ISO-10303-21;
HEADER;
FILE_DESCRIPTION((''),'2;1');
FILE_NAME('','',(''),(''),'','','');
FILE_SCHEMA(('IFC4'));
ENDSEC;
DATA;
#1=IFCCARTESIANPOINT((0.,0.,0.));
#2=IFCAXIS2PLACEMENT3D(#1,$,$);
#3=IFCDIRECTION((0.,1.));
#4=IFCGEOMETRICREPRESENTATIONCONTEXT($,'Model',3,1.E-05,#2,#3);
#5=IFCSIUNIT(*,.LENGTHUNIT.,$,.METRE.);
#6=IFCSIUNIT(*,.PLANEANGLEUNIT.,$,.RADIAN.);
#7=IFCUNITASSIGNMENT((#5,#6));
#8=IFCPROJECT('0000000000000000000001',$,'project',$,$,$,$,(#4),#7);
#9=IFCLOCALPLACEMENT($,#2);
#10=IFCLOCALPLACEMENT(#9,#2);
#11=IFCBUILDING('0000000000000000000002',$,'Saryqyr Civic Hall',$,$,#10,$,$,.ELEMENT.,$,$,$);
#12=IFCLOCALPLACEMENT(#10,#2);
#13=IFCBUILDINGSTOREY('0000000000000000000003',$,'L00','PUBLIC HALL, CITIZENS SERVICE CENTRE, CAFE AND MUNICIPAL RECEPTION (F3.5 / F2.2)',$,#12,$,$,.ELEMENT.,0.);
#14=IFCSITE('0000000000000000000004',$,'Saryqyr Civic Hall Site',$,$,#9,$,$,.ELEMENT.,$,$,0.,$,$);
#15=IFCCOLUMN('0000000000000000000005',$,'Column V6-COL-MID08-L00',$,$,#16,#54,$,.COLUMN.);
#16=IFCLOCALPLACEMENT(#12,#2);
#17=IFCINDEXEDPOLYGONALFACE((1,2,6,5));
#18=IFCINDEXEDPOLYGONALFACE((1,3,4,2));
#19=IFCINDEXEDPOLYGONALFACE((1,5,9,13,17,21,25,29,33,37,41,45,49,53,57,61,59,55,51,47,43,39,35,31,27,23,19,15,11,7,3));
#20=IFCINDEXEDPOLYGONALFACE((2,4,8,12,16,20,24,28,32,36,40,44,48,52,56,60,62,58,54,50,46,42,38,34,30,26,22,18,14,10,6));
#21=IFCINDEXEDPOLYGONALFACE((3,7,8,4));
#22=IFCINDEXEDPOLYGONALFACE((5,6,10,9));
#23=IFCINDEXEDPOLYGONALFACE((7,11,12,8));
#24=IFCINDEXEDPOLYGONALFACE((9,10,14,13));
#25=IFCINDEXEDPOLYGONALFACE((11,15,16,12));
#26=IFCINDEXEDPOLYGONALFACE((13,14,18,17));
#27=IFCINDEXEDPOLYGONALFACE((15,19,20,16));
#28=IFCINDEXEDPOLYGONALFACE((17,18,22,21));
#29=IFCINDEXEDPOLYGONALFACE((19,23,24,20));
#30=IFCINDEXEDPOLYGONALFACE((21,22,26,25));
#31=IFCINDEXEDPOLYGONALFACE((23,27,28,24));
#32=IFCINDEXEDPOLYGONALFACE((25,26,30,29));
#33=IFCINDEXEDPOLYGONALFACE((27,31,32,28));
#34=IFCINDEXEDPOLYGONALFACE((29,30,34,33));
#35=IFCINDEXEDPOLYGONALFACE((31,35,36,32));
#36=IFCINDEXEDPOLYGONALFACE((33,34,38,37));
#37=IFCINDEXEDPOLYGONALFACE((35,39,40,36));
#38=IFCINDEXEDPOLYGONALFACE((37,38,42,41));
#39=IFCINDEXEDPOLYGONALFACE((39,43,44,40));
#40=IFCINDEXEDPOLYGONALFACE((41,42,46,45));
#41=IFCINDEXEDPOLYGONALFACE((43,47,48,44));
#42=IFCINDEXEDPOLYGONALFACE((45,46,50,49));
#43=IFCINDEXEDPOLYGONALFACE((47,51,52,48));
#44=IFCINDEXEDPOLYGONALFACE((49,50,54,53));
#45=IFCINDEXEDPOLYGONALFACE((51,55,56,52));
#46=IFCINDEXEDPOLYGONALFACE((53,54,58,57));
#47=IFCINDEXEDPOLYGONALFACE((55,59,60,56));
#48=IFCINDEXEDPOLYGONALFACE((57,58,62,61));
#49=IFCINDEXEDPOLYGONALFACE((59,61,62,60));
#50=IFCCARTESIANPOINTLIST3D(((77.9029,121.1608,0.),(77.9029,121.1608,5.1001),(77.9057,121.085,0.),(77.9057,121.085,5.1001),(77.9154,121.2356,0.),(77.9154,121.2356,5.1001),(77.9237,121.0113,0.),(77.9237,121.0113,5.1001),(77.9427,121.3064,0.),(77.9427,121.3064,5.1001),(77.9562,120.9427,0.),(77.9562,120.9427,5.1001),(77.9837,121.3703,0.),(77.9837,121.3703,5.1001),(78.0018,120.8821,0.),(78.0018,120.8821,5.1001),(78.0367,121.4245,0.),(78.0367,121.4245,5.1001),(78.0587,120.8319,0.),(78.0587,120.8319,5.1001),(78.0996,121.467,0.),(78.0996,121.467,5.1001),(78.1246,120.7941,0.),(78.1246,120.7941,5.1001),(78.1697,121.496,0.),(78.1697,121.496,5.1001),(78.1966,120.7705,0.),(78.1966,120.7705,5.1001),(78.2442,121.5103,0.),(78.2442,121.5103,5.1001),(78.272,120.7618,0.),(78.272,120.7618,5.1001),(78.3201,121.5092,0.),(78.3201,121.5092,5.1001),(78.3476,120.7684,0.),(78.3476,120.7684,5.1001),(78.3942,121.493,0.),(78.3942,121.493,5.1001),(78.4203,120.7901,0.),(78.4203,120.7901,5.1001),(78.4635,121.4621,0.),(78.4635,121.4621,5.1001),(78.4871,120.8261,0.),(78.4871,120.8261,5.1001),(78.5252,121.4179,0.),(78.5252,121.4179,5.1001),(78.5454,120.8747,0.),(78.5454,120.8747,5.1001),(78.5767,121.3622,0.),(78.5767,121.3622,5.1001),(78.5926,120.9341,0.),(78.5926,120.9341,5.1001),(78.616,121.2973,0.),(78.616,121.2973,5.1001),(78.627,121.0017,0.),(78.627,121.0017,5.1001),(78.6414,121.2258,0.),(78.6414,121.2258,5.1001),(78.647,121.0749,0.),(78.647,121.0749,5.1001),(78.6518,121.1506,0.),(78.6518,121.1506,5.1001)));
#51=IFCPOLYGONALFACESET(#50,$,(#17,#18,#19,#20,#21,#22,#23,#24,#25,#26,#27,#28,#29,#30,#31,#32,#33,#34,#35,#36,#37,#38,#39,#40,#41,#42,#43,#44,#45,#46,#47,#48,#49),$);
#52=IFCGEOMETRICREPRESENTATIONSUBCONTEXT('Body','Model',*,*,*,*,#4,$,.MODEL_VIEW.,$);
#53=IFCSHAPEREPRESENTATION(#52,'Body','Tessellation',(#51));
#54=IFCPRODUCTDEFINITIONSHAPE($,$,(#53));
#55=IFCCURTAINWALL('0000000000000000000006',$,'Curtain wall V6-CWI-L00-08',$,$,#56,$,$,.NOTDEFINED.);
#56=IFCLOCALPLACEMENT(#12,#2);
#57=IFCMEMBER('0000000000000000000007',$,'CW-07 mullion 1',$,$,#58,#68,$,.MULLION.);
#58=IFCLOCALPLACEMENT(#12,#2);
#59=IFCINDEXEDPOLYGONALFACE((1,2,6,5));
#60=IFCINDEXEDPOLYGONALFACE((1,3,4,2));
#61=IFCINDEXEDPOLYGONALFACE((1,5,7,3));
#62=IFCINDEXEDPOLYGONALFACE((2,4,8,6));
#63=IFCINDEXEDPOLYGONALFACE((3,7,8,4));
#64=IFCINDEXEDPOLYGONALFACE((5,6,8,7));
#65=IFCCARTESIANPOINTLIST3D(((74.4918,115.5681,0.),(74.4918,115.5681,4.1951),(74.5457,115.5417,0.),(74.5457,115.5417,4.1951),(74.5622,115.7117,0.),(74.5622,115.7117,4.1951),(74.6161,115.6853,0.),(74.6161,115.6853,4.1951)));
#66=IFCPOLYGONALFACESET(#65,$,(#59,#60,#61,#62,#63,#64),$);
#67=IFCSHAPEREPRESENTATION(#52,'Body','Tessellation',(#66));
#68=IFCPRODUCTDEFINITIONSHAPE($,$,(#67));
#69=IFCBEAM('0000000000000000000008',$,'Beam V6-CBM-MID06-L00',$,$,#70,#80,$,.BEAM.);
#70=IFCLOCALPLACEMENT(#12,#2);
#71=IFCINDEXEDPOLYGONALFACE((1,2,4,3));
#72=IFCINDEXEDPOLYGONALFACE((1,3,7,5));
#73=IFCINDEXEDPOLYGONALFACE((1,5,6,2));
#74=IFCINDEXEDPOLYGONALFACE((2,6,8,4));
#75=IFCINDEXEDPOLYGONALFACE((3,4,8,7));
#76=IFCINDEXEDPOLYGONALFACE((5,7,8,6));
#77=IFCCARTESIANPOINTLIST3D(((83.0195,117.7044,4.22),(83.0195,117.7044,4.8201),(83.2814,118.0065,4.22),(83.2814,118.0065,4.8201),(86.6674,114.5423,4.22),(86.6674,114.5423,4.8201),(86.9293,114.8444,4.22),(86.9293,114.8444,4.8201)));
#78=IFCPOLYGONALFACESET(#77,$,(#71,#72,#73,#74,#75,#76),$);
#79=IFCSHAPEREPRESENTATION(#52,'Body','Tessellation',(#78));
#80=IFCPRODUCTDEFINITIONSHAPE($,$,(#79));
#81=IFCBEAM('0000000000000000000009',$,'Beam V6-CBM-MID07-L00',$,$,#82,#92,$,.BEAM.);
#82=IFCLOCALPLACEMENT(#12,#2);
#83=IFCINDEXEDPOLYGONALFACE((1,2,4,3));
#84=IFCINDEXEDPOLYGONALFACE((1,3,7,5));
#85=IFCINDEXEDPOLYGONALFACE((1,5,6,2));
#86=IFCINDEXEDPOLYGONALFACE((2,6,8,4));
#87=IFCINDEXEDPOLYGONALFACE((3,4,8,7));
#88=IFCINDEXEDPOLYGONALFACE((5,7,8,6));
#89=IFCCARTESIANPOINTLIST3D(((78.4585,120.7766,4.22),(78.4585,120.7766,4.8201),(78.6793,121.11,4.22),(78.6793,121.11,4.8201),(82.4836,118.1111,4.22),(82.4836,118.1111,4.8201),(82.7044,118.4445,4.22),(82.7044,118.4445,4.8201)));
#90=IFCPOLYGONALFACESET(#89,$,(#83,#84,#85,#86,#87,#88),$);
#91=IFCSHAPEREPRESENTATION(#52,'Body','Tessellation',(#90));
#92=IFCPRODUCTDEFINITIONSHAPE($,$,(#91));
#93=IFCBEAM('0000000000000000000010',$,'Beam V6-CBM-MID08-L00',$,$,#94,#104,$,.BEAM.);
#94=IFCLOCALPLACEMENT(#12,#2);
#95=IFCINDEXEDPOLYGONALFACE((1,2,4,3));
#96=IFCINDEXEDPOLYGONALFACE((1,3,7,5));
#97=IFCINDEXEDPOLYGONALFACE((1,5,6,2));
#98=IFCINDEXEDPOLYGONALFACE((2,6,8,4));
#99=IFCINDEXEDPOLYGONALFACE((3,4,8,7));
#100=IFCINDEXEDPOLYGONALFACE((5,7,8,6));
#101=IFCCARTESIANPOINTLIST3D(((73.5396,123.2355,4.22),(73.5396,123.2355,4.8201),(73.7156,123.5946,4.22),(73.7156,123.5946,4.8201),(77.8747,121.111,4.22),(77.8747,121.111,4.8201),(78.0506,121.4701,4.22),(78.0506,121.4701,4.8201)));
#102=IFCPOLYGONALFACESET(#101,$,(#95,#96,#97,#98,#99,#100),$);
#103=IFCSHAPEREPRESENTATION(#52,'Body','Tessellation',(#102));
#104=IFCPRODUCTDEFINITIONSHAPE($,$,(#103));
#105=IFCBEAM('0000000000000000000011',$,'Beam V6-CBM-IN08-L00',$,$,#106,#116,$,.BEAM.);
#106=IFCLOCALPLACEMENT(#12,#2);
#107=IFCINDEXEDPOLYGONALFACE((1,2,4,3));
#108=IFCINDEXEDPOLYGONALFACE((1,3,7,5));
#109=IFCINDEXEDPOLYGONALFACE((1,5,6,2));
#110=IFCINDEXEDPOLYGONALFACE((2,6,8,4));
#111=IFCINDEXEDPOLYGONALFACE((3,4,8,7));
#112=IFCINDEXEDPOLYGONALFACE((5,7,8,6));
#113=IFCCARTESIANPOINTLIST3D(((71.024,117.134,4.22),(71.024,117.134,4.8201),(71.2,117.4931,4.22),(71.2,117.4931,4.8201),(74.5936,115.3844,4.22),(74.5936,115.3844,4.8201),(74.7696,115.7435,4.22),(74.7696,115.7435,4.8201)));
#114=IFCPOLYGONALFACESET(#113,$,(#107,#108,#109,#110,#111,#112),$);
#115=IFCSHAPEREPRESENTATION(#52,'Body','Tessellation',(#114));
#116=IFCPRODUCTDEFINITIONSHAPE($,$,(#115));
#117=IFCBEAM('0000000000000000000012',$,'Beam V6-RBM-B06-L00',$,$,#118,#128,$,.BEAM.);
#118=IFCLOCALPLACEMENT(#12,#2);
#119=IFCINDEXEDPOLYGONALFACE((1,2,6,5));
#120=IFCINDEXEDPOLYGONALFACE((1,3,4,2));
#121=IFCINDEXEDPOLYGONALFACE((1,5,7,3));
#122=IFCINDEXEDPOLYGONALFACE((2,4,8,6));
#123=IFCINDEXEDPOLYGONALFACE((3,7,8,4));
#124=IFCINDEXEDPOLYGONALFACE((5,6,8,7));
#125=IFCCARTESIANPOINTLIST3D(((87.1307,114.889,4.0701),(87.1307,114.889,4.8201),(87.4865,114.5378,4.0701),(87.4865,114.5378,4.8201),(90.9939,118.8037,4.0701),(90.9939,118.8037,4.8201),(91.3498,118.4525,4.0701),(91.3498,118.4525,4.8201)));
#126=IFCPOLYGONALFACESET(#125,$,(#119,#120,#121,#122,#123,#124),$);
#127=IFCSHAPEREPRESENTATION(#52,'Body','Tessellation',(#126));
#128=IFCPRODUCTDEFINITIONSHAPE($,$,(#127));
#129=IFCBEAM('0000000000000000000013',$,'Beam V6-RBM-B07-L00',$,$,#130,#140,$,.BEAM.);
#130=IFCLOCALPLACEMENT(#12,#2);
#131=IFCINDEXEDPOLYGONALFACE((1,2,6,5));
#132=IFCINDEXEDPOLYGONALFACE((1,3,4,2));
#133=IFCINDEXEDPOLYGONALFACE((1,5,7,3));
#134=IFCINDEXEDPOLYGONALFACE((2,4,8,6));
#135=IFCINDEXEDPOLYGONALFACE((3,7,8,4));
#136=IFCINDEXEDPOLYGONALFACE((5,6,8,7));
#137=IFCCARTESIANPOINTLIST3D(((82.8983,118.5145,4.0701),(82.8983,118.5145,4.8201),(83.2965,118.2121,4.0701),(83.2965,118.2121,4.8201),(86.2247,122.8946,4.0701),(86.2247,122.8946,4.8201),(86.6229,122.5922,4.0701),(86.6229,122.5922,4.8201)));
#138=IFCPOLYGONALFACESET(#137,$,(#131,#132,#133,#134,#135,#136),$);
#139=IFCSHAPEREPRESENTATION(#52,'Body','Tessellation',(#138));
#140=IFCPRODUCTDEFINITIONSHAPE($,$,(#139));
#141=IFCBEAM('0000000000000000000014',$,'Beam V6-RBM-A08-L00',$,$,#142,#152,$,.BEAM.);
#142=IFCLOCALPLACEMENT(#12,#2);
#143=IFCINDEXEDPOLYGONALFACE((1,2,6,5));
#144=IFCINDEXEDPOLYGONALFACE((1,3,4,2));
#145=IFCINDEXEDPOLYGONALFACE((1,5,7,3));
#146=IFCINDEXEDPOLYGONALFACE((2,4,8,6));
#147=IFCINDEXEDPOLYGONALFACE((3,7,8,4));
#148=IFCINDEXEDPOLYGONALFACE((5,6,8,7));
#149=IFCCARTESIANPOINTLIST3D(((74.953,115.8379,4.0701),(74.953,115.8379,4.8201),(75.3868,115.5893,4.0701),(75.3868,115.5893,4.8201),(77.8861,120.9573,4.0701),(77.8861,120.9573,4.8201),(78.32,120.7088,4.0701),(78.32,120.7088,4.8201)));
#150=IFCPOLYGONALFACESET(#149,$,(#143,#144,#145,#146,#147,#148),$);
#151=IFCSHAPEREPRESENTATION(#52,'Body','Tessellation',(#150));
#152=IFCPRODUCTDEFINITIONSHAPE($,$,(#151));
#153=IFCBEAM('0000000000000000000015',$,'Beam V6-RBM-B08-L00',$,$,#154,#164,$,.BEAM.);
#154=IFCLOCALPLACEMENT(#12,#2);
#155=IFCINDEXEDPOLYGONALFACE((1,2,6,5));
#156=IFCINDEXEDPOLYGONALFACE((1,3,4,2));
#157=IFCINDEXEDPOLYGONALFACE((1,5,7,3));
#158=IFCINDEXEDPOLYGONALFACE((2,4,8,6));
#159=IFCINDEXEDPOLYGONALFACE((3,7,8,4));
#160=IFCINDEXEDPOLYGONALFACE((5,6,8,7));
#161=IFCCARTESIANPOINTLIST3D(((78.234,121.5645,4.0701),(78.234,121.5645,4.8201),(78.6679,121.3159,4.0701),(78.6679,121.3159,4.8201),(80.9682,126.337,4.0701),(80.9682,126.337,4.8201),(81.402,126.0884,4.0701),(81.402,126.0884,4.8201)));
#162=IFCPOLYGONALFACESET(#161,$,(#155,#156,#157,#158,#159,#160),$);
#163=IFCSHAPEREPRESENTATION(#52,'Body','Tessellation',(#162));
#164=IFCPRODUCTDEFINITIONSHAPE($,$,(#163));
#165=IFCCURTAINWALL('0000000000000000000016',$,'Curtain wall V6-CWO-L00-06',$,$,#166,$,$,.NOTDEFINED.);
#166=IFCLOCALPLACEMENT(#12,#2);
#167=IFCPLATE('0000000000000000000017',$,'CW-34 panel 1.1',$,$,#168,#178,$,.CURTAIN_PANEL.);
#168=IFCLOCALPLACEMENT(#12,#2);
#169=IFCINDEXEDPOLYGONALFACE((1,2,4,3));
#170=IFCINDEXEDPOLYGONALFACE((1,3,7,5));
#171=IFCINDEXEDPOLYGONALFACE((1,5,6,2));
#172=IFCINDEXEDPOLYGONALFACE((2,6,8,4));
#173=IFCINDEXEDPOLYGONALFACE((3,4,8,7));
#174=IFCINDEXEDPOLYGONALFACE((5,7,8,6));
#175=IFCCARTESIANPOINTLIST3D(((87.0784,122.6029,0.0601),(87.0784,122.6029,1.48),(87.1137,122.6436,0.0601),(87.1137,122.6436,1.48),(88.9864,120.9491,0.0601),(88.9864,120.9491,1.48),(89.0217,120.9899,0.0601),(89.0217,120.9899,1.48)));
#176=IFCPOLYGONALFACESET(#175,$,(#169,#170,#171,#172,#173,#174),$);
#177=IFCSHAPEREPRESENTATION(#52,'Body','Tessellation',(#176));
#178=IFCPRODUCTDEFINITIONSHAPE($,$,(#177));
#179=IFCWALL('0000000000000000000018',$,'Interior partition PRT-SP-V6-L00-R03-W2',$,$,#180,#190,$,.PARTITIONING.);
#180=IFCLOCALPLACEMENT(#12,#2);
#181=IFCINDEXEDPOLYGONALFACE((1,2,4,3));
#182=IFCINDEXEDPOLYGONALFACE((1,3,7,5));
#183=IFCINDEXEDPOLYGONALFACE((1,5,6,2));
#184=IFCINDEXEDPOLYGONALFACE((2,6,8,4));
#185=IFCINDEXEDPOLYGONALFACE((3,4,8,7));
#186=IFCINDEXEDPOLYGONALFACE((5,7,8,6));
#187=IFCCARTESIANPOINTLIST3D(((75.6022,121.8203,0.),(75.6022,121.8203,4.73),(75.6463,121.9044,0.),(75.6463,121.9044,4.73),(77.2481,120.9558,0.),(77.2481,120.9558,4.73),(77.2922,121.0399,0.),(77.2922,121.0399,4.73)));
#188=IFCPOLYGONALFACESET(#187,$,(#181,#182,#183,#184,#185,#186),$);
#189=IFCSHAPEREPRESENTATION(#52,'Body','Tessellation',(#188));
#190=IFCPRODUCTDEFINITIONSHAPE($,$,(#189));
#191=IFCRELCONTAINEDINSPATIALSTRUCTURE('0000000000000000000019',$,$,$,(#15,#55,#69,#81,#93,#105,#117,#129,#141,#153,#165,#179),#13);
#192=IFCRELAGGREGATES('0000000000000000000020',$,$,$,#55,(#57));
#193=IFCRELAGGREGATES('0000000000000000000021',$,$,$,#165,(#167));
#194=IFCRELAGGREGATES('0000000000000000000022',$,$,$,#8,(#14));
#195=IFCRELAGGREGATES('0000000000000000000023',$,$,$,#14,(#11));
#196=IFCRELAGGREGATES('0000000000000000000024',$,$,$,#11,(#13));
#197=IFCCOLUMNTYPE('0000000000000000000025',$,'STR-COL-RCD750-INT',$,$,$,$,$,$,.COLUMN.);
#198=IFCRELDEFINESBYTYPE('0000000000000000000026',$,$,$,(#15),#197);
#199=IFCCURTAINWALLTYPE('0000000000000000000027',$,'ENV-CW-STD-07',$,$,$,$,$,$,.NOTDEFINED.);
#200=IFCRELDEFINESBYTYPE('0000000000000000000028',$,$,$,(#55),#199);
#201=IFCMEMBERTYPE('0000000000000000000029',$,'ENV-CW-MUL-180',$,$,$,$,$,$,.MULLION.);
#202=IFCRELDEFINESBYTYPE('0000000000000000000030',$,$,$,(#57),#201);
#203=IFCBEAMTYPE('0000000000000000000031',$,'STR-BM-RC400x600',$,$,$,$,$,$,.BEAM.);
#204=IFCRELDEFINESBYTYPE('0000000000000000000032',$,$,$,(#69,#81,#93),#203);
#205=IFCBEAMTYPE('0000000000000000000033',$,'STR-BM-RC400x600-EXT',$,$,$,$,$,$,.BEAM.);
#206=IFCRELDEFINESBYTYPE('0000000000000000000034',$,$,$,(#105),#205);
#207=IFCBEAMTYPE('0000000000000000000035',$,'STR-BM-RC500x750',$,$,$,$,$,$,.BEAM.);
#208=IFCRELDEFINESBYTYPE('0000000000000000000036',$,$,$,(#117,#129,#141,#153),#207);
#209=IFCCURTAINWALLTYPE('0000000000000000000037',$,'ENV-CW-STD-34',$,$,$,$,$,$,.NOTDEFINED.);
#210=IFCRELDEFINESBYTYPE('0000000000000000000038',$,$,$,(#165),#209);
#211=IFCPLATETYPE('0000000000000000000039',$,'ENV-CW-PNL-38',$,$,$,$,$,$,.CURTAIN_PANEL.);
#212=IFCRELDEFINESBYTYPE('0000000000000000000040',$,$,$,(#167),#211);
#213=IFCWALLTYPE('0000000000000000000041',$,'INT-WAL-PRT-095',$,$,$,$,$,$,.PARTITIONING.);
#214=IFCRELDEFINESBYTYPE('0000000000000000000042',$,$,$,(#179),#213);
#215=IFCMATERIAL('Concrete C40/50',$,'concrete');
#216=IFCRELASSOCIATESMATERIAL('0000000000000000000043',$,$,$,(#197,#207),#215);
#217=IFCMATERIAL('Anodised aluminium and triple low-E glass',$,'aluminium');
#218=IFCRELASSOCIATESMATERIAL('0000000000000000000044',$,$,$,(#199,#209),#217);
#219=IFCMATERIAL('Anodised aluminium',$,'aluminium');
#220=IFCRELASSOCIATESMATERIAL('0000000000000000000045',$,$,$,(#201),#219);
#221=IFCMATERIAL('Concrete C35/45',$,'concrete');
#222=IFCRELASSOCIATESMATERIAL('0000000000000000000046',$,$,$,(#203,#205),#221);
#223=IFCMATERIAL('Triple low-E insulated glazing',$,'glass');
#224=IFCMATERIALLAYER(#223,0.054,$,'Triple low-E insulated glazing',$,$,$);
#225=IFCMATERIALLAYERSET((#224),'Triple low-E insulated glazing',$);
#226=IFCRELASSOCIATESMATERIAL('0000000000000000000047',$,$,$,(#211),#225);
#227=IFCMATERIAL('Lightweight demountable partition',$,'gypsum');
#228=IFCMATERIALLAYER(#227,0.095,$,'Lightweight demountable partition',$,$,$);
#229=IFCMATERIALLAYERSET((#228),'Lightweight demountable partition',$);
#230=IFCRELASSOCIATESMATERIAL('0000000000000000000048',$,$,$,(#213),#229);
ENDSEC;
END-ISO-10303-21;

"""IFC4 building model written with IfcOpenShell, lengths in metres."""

from ifc_helpers import new_model, si_unit, direction, frame, frame_2d, origin, origin_2d, place, context, subcontext, project, spatial, rectangle, circle, extrude, material, layer, layer_set, material_profile, profile_set, type_object, element, aggregate, save


model = new_model("IFC4")

# Units and contexts
model_context = context("Model", 3, precision=1e-05, world=origin(), true_north=direction((0.0, 1.0)))
body_context = subcontext(model_context, "Body", "Model", "MODEL_VIEW")
ifc_project = project(units=[si_unit("LENGTHUNIT", "METRE"), si_unit("PLANEANGLEUNIT", "RADIAN")], contexts=[model_context])

# Site, building, storey
site_placement = place(None, origin())
site = spatial("IfcSite", under=ifc_project, at=site_placement, Name="Saryqyr Civic Hall Site", CompositionType="ELEMENT", RefElevation=0.0)
building_placement = place(site_placement, origin())
building = spatial("IfcBuilding", under=site, at=building_placement, Name="Saryqyr Civic Hall", CompositionType="ELEMENT")
storey_placement = place(building_placement, origin())
storey = spatial("IfcBuildingStorey", under=building, at=storey_placement, Name="L00", Description="PUBLIC HALL, CITIZENS SERVICE CENTRE, CAFE AND MUNICIPAL RECEPTION (F3.5 / F2.2)", CompositionType="ELEMENT", Elevation=0.0)

# Column
ifc_material_1 = material(Name="Concrete C40/50", Category="concrete")
ifc_material_profile_1 = material_profile(ifc_material_1, circle(Radius=0.375, at=origin_2d()), Name="RC D750")
ifc_profile_set_1 = profile_set([ifc_material_profile_1], Name="Concrete C40/50")
column_type_1 = type_object("IfcColumnType", Name="STR-COL-RCD750-INT", PredefinedType="COLUMN", material=ifc_profile_set_1)
for number, where, z_axis, x_axis, name in (
    (1, (78.2771, 121.1367, 0.0), (0.0, 0.0, 1.0), (0.497125, 0.867679, 0.0), "Column V6-COL-MID08-L00"),
):
    element("IfcColumn", number, at=place(storey_placement, frame(where, z_axis=z_axis, x_axis=x_axis)), inside=storey, type_object=column_type_1, Name=name, PredefinedType="COLUMN", context=body_context, shape_type="SweptSolid", body=[
        extrude(circle(Radius=0.375, at=origin_2d()), origin(), (0.0, 0.0, 1.0), 5.1001),
    ])

# Curtain wall, member
ifc_material_2 = material(Name="Anodised aluminium and triple low-E glass", Category="aluminium")
curtain_wall_type_1 = type_object("IfcCurtainWallType", Name="ENV-CW-STD-07", PredefinedType="NOTDEFINED", material=ifc_material_2)
curtain_wall_1_placement = place(storey_placement, origin())
curtain_wall_1 = element("IfcCurtainWall", 2, at=curtain_wall_1_placement, inside=storey, type_object=curtain_wall_type_1, Name="Curtain wall V6-CWI-L00-08", PredefinedType="NOTDEFINED")
ifc_material_3 = material(Name="Anodised aluminium", Category="aluminium")
ifc_material_profile_2 = material_profile(ifc_material_3, rectangle(XDim=0.0601, YDim=0.1599, at=origin_2d()), Name="ALU MULLION 60x160")
ifc_profile_set_2 = profile_set([ifc_material_profile_2], Name="Anodised aluminium")
member_type = type_object("IfcMemberType", Name="ENV-CW-MUL-180", PredefinedType="MULLION", material=ifc_profile_set_2)
member_placement = place(storey_placement, frame((74.554, 115.6267, 0.0), z_axis=(0.0, 0.0, 1.0), x_axis=(-0.897971, 0.440054, 0.0)))
member = element("IfcMember", 3, at=member_placement, type_object=member_type, Name="CW-07 mullion 1", PredefinedType="MULLION", context=body_context, shape_type="SweptSolid", body=[
    extrude(rectangle(XDim=0.0601, YDim=0.1599, at=origin_2d()), origin(), (0.0, 0.0, 1.0), 4.1951),
])
aggregate(curtain_wall_1, [member])

# Beams
ifc_material_4 = material(Name="Concrete C35/45", Category="concrete")
ifc_material_profile_3 = material_profile(ifc_material_4, rectangle(XDim=0.3999, YDim=0.6001, at=origin_2d()), Name="RC 400x600")
ifc_profile_set_3 = profile_set([ifc_material_profile_3], Name="Concrete C35/45")
beam_type_1 = type_object("IfcBeamType", Name="STR-BM-RC400x600", PredefinedType="BEAM", material=ifc_profile_set_3)
for number, where, z_axis, x_axis, name in (
    (4, (86.7983, 114.6934, 4.52), (-0.755632, 0.654996, 0.0), (-0.654996, -0.755632, 0.0), "Beam V6-CBM-MID06-L00"),
    (5, (82.594, 118.2778, 4.52), (-0.833758, 0.55213, 0.0), (-0.55213, -0.833758, 0.0), "Beam V6-CBM-MID07-L00"),
    (6, (77.9626, 121.2905, 4.52), (-0.897959, 0.440079, 0.0), (-0.440079, -0.897959, 0.0), "Beam V6-CBM-MID08-L00"),
):
    element("IfcBeam", number, at=place(storey_placement, frame(where, z_axis=z_axis, x_axis=x_axis)), inside=storey, type_object=beam_type_1, Name=name, PredefinedType="BEAM", context=body_context, shape_type="SweptSolid", body=[
        extrude(rectangle(XDim=0.3999, YDim=0.6001, at=origin_2d()), origin(), (0.0, 0.0, 1.0), 4.8276),
    ])
ifc_material_profile_4 = material_profile(ifc_material_4, rectangle(XDim=0.3999, YDim=0.6001, at=origin_2d()), Name="RC 400x600")
ifc_profile_set_4 = profile_set([ifc_material_profile_4], Name="Concrete C35/45")
beam_type_2 = type_object("IfcBeamType", Name="STR-BM-RC400x600-EXT", PredefinedType="BEAM", material=ifc_profile_set_4)
beam_1_placement = place(storey_placement, frame((74.6816, 115.564, 4.52), z_axis=(-0.897949, 0.4401, 0.0), x_axis=(-0.4401, -0.897949, 0.0)))
element("IfcBeam", 7, at=beam_1_placement, inside=storey, type_object=beam_type_2, Name="Beam V6-CBM-IN08-L00", PredefinedType="BEAM", context=body_context, shape_type="SweptSolid", body=[
    extrude(rectangle(XDim=0.3999, YDim=0.6001, at=origin_2d()), origin(), (0.0, 0.0, 1.0), 3.9753),
])
ifc_material_profile_5 = material_profile(ifc_material_1, rectangle(XDim=0.5, YDim=0.75, at=origin_2d()), Name="RC 500x750")
ifc_profile_set_5 = profile_set([ifc_material_profile_5], Name="Concrete C40/50")
beam_type_3 = type_object("IfcBeamType", Name="STR-BM-RC500x750", PredefinedType="BEAM", material=ifc_profile_set_5)
for number, where, z_axis, x_axis, name in (
    (8, (87.3086, 114.7134, 4.4451), (0.702408, 0.711774, 0.0), (-0.711774, 0.702408, 0.0), "Beam V6-RBM-B06-L00"),
    (9, (83.0974, 118.3633, 4.4451), (0.604797, 0.796379, 0.0), (-0.796379, 0.604797, 0.0), "Beam V6-RBM-B07-L00"),
):
    element("IfcBeam", number, at=place(storey_placement, frame(where, z_axis=z_axis, x_axis=x_axis)), inside=storey, type_object=beam_type_3, Name=name, PredefinedType="BEAM", context=body_context, shape_type="SweptSolid", body=[
        extrude(rectangle(XDim=0.5, YDim=0.75, at=origin_2d()), origin(), (0.0, 0.0, 1.0), 5.5),
    ])
beam_2_placement = place(storey_placement, frame((75.1699, 115.7136, 4.4451), z_axis=(0.497128, 0.867677, 0.0), x_axis=(-0.867677, 0.497128, 0.0)))
element("IfcBeam", 10, at=beam_2_placement, inside=storey, type_object=beam_type_3, Name="Beam V6-RBM-A08-L00", PredefinedType="BEAM", context=body_context, shape_type="SweptSolid", body=[
    extrude(rectangle(XDim=0.5, YDim=0.75, at=origin_2d()), origin(), (0.0, 0.0, 1.0), 5.9001),
])
beam_3_placement = place(storey_placement, frame((78.4509, 121.4402, 4.4451), z_axis=(0.497099, 0.867694, 0.0), x_axis=(-0.867694, 0.497099, 0.0)))
element("IfcBeam", 11, at=beam_3_placement, inside=storey, type_object=beam_type_3, Name="Beam V6-RBM-B08-L00", PredefinedType="BEAM", context=body_context, shape_type="SweptSolid", body=[
    extrude(rectangle(XDim=0.5, YDim=0.75, at=origin_2d()), origin(), (0.0, 0.0, 1.0), 5.5002),
])

# Curtain wall, plate
curtain_wall_type_2 = type_object("IfcCurtainWallType", Name="ENV-CW-STD-34", PredefinedType="NOTDEFINED", material=ifc_material_2)
curtain_wall_2_placement = place(storey_placement, origin())
curtain_wall_2 = element("IfcCurtainWall", 12, at=curtain_wall_2_placement, inside=storey, type_object=curtain_wall_type_2, Name="Curtain wall V6-CWO-L00-06", PredefinedType="NOTDEFINED")
ifc_material_5 = material(Name="Triple low-E insulated glazing", Category="glass")
ifc_layer_1 = layer(ifc_material_5, 0.054, Name="Triple low-E insulated glazing")
ifc_layer_set_1 = layer_set([ifc_layer_1], Name="Triple low-E insulated glazing")
plate_type = type_object("IfcPlateType", Name="ENV-CW-PNL-38", PredefinedType="CURTAIN_PANEL", material=ifc_layer_set_1)
plate_placement = place(storey_placement, frame((88.05, 121.7964, 0.0601), z_axis=(0.0, 0.0, 1.0), x_axis=(0.755656, -0.654968, 0.0)))
plate = element("IfcPlate", 13, at=plate_placement, type_object=plate_type, Name="CW-34 panel 1.1", PredefinedType="CURTAIN_PANEL", context=body_context, shape_type="SweptSolid", body=[
    extrude(rectangle(XDim=2.5249, YDim=0.054, at=origin_2d()), origin(), (0.0, 0.0, 1.0), 1.4199),
])
aggregate(curtain_wall_2, [plate])

# Wall
ifc_material_6 = material(Name="Lightweight demountable partition", Category="gypsum")
ifc_layer_2 = layer(ifc_material_6, 0.095, Name="Lightweight demountable partition")
ifc_layer_set_2 = layer_set([ifc_layer_2], Name="Lightweight demountable partition")
wall_type_1 = type_object("IfcWallType", Name="INT-WAL-PRT-095", PredefinedType="PARTITIONING", material=ifc_layer_set_2)
wall_1_placement = place(storey_placement, frame((77.2703, 120.9978, 0.0), z_axis=(0.0, 0.0, 1.0), x_axis=(-0.88532, 0.464983, 0.0)))
element("IfcWall", 14, at=wall_1_placement, inside=storey, type_object=wall_type_1, Name="Interior partition PRT-SP-V6-L00-R03-W2", PredefinedType="PARTITIONING", context=body_context, shape_type="SweptSolid", body=[
    extrude(rectangle(XDim=1.8591, YDim=0.095, at=frame_2d((0.9297, 0.0))), origin(), (0.0, 0.0, 1.0), 4.73),
])

save(model, "model.ifc")
